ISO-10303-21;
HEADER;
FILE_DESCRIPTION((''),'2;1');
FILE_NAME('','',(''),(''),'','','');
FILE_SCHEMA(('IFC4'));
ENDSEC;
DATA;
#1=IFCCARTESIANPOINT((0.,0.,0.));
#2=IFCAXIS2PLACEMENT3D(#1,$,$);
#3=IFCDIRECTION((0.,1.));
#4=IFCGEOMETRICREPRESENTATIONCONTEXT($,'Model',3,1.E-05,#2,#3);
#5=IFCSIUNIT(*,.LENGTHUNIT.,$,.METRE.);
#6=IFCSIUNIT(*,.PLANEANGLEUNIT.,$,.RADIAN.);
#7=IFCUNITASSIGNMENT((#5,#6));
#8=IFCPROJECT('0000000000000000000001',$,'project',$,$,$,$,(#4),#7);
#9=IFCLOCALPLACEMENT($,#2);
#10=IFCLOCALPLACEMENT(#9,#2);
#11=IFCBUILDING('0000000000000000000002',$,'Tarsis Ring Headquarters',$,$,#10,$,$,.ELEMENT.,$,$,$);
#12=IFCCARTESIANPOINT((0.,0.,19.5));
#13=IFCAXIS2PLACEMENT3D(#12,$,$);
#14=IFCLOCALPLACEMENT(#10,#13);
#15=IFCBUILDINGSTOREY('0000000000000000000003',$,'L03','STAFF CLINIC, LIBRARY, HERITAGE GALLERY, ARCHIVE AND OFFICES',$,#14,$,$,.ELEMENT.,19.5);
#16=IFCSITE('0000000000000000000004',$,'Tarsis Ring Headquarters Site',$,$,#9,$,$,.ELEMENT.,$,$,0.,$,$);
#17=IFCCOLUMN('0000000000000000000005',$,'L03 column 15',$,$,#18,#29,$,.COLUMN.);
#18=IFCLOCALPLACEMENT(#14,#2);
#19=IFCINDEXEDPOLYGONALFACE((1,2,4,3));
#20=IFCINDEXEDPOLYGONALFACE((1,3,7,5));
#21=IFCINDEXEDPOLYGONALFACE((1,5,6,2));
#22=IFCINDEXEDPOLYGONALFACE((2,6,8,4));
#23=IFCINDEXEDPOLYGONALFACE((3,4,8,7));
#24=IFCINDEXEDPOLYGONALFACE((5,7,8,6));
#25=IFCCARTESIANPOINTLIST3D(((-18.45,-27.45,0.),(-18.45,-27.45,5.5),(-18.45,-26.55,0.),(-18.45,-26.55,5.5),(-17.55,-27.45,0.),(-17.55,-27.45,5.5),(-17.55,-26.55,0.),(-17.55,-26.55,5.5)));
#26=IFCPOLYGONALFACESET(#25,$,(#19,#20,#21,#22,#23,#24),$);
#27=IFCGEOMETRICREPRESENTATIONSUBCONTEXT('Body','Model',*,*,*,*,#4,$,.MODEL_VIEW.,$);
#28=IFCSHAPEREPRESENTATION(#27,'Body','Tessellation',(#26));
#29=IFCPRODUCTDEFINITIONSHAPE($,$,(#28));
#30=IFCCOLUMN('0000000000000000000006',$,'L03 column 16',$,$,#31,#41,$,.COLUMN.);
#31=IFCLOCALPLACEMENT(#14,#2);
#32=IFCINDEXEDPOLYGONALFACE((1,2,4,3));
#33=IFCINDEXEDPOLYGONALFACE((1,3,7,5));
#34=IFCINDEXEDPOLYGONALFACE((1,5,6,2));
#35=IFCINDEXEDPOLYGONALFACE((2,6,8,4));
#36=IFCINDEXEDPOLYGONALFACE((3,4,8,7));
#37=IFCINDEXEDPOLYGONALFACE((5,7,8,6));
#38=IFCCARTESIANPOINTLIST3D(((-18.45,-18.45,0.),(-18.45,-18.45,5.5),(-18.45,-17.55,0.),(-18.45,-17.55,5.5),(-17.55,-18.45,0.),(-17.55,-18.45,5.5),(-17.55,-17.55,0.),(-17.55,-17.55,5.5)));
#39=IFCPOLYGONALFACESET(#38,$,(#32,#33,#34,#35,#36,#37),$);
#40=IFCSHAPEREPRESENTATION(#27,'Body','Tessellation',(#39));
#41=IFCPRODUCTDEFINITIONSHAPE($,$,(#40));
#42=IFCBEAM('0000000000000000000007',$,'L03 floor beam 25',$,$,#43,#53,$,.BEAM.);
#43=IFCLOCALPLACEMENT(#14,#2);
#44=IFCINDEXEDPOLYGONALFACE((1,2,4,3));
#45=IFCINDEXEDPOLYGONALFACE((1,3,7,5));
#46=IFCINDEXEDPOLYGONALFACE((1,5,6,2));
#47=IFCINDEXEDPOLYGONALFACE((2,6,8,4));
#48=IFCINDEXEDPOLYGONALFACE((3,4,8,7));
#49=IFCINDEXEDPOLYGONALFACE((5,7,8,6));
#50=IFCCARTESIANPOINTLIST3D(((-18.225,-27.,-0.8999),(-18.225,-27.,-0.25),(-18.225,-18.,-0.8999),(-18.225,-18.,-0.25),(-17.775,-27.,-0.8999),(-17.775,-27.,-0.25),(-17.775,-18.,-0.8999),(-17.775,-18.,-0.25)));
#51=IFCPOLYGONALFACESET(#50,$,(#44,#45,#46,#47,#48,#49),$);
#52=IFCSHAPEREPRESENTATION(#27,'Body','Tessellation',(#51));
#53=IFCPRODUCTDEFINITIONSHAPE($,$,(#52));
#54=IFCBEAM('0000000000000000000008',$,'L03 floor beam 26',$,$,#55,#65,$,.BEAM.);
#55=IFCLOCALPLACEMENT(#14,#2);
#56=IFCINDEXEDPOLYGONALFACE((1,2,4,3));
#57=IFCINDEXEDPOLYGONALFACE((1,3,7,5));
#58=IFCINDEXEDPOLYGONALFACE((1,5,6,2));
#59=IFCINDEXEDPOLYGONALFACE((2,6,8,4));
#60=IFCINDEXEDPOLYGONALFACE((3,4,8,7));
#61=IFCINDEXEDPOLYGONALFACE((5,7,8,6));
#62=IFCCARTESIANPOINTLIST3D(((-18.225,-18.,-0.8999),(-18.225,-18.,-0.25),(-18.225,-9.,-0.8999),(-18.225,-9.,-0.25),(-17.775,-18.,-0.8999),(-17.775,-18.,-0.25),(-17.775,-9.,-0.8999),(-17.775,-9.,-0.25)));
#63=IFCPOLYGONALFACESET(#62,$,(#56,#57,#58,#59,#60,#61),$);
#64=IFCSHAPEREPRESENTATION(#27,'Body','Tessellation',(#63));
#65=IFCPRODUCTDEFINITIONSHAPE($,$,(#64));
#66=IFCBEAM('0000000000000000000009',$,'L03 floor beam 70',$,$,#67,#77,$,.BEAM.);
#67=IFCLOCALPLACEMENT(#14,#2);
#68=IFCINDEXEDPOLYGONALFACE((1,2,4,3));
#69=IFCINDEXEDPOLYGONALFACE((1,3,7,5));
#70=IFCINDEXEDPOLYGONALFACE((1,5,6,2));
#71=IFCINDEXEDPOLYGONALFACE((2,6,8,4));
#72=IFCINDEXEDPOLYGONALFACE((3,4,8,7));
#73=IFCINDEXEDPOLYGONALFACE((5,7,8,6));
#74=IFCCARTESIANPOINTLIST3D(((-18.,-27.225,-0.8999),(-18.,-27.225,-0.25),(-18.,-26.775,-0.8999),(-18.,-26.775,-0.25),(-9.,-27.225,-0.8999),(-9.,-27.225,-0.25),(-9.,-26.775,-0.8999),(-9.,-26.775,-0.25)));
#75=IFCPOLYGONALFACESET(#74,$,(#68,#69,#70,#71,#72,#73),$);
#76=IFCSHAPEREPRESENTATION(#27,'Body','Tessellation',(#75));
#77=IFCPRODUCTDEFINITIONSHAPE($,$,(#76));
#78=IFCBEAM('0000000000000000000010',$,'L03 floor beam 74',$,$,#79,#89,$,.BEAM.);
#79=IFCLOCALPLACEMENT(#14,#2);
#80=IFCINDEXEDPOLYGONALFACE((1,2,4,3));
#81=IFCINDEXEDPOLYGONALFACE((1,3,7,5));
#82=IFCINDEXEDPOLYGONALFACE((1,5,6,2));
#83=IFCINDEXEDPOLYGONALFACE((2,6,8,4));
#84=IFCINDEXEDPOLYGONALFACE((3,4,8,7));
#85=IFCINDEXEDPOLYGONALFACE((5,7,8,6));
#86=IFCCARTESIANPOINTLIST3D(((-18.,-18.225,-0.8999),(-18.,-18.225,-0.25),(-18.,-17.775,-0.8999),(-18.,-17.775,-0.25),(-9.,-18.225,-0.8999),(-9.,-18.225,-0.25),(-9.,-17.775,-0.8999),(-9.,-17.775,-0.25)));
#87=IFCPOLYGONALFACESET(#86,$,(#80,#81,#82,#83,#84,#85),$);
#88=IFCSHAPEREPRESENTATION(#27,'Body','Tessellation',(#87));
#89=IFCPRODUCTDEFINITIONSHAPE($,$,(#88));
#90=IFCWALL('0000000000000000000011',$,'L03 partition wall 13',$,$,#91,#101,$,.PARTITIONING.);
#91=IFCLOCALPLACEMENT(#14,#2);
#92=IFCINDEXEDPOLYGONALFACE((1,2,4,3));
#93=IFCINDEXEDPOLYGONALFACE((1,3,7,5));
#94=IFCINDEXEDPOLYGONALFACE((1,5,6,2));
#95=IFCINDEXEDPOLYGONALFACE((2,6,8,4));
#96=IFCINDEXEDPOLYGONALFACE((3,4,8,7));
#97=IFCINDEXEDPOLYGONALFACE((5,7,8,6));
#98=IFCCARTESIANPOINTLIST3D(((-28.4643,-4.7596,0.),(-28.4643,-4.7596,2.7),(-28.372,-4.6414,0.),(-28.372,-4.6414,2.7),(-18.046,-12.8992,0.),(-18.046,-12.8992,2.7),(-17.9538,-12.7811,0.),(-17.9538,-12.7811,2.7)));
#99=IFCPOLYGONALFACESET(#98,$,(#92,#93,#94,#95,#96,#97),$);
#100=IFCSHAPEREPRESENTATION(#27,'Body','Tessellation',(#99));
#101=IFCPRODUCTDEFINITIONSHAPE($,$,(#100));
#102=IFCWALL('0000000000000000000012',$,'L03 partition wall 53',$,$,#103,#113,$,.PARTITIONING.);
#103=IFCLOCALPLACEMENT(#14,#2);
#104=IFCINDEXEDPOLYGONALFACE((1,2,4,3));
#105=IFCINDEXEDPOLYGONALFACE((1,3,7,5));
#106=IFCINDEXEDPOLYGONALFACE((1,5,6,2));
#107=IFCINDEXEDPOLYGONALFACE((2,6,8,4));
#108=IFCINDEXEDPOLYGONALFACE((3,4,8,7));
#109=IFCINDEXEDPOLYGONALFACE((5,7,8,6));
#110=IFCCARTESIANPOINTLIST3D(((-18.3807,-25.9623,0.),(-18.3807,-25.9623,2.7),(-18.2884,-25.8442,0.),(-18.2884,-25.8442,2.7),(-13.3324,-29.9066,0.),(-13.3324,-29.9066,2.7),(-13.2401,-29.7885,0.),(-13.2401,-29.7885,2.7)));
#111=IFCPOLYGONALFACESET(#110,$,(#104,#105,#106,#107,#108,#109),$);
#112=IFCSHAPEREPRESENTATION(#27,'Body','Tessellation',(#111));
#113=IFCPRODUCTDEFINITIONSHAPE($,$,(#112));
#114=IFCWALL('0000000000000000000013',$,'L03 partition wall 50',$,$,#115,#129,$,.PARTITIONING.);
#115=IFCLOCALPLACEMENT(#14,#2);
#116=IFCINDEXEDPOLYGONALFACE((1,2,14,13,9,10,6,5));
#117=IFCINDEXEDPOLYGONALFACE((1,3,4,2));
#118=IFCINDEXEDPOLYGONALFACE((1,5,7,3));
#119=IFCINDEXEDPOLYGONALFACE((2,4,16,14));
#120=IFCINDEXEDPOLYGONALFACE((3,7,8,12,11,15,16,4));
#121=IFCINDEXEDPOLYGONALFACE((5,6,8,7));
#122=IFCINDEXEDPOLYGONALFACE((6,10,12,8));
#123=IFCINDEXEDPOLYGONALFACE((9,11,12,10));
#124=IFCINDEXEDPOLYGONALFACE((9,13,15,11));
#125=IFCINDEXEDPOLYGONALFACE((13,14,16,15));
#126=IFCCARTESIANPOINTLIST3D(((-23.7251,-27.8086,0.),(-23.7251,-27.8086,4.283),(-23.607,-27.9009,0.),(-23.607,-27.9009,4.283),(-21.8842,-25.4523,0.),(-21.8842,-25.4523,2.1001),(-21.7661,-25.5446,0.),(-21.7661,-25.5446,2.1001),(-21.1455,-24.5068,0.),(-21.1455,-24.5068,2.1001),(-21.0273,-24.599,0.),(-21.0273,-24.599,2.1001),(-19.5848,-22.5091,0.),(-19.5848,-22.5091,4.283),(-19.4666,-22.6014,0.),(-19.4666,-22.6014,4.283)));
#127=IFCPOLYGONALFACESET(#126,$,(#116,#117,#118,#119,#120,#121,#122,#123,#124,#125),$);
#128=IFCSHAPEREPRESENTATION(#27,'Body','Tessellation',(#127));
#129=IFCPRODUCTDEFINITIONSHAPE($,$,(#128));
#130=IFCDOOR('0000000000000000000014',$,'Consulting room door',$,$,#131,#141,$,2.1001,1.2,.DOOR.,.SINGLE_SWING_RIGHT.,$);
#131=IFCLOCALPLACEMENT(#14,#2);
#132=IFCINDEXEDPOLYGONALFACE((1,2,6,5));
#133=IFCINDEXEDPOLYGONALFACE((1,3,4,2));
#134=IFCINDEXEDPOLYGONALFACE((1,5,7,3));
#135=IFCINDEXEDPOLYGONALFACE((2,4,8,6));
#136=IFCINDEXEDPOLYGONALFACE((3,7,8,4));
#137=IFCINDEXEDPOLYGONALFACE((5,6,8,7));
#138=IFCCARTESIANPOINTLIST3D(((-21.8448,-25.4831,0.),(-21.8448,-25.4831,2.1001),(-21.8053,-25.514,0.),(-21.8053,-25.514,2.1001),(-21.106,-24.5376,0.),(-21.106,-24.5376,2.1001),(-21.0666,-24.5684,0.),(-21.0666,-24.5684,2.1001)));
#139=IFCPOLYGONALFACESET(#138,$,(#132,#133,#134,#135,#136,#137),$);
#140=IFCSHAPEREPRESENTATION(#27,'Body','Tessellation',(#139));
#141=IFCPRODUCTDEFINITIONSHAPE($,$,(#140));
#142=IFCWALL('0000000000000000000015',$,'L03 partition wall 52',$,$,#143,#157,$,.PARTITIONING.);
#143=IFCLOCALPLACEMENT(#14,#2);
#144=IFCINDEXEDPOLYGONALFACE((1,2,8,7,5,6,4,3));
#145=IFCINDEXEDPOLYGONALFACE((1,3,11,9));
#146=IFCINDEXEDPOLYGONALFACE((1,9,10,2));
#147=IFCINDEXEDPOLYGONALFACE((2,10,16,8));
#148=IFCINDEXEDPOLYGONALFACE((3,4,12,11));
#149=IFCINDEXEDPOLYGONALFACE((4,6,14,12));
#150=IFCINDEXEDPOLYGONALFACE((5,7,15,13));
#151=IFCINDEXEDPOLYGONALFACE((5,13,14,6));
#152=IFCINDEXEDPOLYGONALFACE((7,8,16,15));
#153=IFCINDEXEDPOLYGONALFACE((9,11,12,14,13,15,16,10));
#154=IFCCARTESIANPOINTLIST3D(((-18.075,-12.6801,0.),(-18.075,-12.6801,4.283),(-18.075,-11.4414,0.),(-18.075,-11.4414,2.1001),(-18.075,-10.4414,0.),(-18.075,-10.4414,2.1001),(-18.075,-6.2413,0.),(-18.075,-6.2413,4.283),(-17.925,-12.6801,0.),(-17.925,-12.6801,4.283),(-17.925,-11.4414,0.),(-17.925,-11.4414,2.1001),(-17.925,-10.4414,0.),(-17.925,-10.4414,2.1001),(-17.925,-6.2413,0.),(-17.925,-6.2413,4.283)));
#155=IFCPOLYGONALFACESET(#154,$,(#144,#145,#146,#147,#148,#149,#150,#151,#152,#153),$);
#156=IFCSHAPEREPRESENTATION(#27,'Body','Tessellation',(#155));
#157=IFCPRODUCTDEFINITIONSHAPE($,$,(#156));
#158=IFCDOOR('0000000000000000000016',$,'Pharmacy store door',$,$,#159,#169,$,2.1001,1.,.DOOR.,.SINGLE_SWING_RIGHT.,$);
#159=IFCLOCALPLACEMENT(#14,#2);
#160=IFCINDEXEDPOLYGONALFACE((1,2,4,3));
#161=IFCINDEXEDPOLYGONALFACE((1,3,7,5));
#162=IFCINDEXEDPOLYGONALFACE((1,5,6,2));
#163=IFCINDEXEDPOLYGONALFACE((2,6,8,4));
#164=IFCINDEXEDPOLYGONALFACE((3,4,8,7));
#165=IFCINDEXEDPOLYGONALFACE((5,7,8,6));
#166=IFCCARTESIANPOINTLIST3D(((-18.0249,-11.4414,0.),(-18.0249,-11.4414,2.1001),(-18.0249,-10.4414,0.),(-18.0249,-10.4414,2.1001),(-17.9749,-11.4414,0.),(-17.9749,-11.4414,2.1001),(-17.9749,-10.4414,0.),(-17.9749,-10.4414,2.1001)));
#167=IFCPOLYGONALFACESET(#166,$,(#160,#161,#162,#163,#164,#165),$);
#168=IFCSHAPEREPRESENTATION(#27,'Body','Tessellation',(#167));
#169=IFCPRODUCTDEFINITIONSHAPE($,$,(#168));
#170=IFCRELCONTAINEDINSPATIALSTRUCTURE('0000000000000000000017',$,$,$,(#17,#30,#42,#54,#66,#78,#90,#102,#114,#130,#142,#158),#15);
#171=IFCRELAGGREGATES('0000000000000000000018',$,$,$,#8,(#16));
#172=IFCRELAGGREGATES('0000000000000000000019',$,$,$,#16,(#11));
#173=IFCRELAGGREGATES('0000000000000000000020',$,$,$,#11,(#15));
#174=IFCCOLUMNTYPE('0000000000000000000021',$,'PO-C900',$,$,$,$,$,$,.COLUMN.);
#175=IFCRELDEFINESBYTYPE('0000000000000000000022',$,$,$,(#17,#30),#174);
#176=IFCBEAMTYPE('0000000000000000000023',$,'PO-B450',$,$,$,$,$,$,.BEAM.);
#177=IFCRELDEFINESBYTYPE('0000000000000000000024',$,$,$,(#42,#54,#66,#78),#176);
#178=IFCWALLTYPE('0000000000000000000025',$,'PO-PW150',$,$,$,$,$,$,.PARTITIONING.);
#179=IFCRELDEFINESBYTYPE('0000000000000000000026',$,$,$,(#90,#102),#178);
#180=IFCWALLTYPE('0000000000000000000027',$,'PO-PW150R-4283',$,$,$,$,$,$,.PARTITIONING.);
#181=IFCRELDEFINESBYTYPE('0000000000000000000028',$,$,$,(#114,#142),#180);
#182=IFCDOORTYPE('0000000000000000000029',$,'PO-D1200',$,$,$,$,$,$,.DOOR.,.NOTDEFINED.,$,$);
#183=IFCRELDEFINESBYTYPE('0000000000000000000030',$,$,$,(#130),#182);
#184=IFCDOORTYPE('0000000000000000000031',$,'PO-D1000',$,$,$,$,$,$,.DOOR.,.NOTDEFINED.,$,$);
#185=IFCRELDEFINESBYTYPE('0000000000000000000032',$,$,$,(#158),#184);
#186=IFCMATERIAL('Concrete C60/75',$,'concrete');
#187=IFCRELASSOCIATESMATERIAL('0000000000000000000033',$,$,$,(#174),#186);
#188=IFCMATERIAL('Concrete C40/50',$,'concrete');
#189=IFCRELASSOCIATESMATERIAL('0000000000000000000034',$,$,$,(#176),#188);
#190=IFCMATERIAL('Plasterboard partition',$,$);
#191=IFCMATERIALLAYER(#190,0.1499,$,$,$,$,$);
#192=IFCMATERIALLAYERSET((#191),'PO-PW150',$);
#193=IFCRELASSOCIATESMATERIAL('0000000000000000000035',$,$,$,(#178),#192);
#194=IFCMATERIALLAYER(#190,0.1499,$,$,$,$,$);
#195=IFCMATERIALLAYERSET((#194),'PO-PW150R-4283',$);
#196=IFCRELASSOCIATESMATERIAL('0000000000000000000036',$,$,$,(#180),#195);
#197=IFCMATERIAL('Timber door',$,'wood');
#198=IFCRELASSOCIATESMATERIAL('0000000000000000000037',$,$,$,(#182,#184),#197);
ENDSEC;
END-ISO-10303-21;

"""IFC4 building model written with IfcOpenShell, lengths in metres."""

from ifc_helpers import new_model, si_unit, direction, frame, frame_2d, origin, origin_2d, place, context, subcontext, project, spatial, rectangle, extrude, material, layer, layer_set, material_profile, profile_set, type_object, element, fill, save


model = new_model("IFC4")

# Units and contexts
model_context = context("Model", 3, precision=1e-05, world=origin(), true_north=direction((0.0, 1.0)))
body_context = subcontext(model_context, "Body", "Model", "MODEL_VIEW")
ifc_project = project(units=[si_unit("LENGTHUNIT", "METRE"), si_unit("PLANEANGLEUNIT", "RADIAN")], contexts=[model_context])

# Site, building, storey
site_placement = place(None, origin())
site = spatial("IfcSite", under=ifc_project, at=site_placement, Name="Tarsis Ring Headquarters Site", CompositionType="ELEMENT", RefElevation=0.0)
building_placement = place(site_placement, origin())
building = spatial("IfcBuilding", under=site, at=building_placement, Name="Tarsis Ring Headquarters", CompositionType="ELEMENT")
storey_placement = place(building_placement, frame((0.0, 0.0, 19.5)))
storey = spatial("IfcBuildingStorey", under=building, at=storey_placement, Name="L03", Description="STAFF CLINIC, LIBRARY, HERITAGE GALLERY, ARCHIVE AND OFFICES", CompositionType="ELEMENT", Elevation=19.5)

# Columns
ifc_material_1 = material(Name="Concrete C60/75", Category="concrete")
ifc_material_profile_1 = material_profile(ifc_material_1, rectangle(XDim=0.8999, YDim=0.8999, at=origin_2d()), Name="PO-C900")
ifc_profile_set_1 = profile_set([ifc_material_profile_1], Name="Concrete C60/75")
column_type = type_object("IfcColumnType", Name="PO-C900", PredefinedType="COLUMN", material=ifc_profile_set_1)
for number, where, z_axis, x_axis, name in (
    (1, (-18.0, -27.0, 0.0), (0.0, 0.0, 1.0), (1.0, 0.0, 0.0), "L03 column 15"),
    (2, (-18.0, -18.0, 0.0), (0.0, 0.0, 1.0), (1.0, 0.0, 0.0), "L03 column 16"),
):
    element("IfcColumn", number, at=place(storey_placement, frame(where, z_axis=z_axis, x_axis=x_axis)), inside=storey, type_object=column_type, Name=name, PredefinedType="COLUMN", context=body_context, shape_type="SweptSolid", body=[
        extrude(rectangle(XDim=0.8999, YDim=0.8999, at=origin_2d()), origin(), (0.0, 0.0, 1.0), 5.5),
    ])

# Beams
ifc_material_2 = material(Name="Concrete C40/50", Category="concrete")
ifc_material_profile_2 = material_profile(ifc_material_2, rectangle(XDim=0.45, YDim=0.6499, at=origin_2d()), Name="PO-B450")
ifc_profile_set_2 = profile_set([ifc_material_profile_2], Name="Concrete C40/50")
beam_type = type_object("IfcBeamType", Name="PO-B450", PredefinedType="BEAM", material=ifc_profile_set_2)
for number, where, z_axis, x_axis, name in (
    (3, (-18.0, -27.0, -0.575), (0.0, 1.0, 0.0), (-1.0, 0.0, 0.0), "L03 floor beam 25"),
    (4, (-18.0, -18.0, -0.575), (0.0, 1.0, 0.0), (-1.0, 0.0, 0.0), "L03 floor beam 26"),
    (5, (-18.0, -27.0, -0.575), (1.0, 0.0, 0.0), (0.0, 1.0, 0.0), "L03 floor beam 70"),
    (6, (-18.0, -18.0, -0.575), (1.0, 0.0, 0.0), (0.0, 1.0, 0.0), "L03 floor beam 74"),
):
    element("IfcBeam", number, at=place(storey_placement, frame(where, z_axis=z_axis, x_axis=x_axis)), inside=storey, type_object=beam_type, Name=name, PredefinedType="BEAM", context=body_context, shape_type="SweptSolid", body=[
        extrude(rectangle(XDim=0.45, YDim=0.6499, at=origin_2d()), origin(), (0.0, 0.0, 1.0), 9.0),
    ])

# Walls
ifc_material_3 = material(Name="Plasterboard partition")
ifc_layer_1 = layer(ifc_material_3, 0.1499)
ifc_layer_set_1 = layer_set([ifc_layer_1], Name="PO-PW150")
wall_type_1 = type_object("IfcWallType", Name="PO-PW150", PredefinedType="PARTITIONING", material=ifc_layer_set_1)
wall_1_placement = place(storey_placement, frame((-18.0, -12.8401, 0.0), z_axis=(0.0, 0.0, 1.0), x_axis=(-0.788009, 0.615664, 0.0)))
element("IfcWall", 7, at=wall_1_placement, inside=storey, type_object=wall_type_1, Name="L03 partition wall 13", PredefinedType="PARTITIONING", context=body_context, shape_type="SweptSolid", body=[
    extrude(rectangle(XDim=13.2209, YDim=0.1499, at=frame_2d((6.6104, 0.0))), origin(), (0.0, 0.0, 1.0), 2.7),
])
wall_2_placement = place(storey_placement, frame((-18.3345, -25.9033, 0.0), z_axis=(0.0, 0.0, 1.0), x_axis=(0.788, -0.615675, 0.0)))
element("IfcWall", 8, at=wall_2_placement, inside=storey, type_object=wall_type_1, Name="L03 partition wall 53", PredefinedType="PARTITIONING", context=body_context, shape_type="SweptSolid", body=[
    extrude(rectangle(XDim=6.4065, YDim=0.1499, at=frame_2d((3.2031, 0.0))), origin(), (0.0, 0.0, 1.0), 2.7),
])

# Walls, openings, doors
ifc_layer_2 = layer(ifc_material_3, 0.1499)
ifc_layer_set_2 = layer_set([ifc_layer_2], Name="PO-PW150R-4283")
wall_type_2 = type_object("IfcWallType", Name="PO-PW150R-4283", PredefinedType="PARTITIONING", material=ifc_layer_set_2)
wall_3_placement = place(storey_placement, frame((-23.666, -27.8547, 0.0), z_axis=(0.0, 0.0, 1.0), x_axis=(0.615653, 0.788017, 0.0)))
wall_3 = element("IfcWall", 9, at=wall_3_placement, inside=storey, type_object=wall_type_2, Name="L03 partition wall 50", PredefinedType="PARTITIONING", context=body_context, shape_type="SweptSolid", body=[
    extrude(rectangle(XDim=6.7251, YDim=0.1499, at=frame_2d((3.3625, 0.0))), origin(), (0.0, 0.0, 1.0), 4.283),
])
opening_1_placement = place(wall_3_placement, frame((2.99, 0.0, 0.0)))
opening_1 = element("IfcOpeningElement", 10, at=opening_1_placement, cuts=wall_3, PredefinedType="OPENING", context=body_context, shape_type="SweptSolid", body=[
    extrude(rectangle(XDim=1.2, YDim=2.1001, at=frame_2d((0.6001, 1.05))), frame((0.0, 0.085, 0.0), z_axis=(0.0, -1.0, 0.0), x_axis=(1.0, 0.0, 0.0)), (0.0, 0.0, 1.0), 0.1699),
])
ifc_material_4 = material(Name="Timber door", Category="wood")
door_type_1 = type_object("IfcDoorType", Name="PO-D1200", OperationType="NOTDEFINED", PredefinedType="DOOR", material=ifc_material_4)
door_1_placement = place(opening_1_placement, origin())
door_1 = element("IfcDoor", 11, at=door_1_placement, inside=storey, type_object=door_type_1, Name="Consulting room door", OperationType="SINGLE_SWING_RIGHT", OverallHeight=2.1001, OverallWidth=1.2, PredefinedType="DOOR", context=body_context, shape_type="SweptSolid", body=[
    extrude(rectangle(XDim=1.2, YDim=2.1001, at=frame_2d((0.6001, 1.05))), frame((0.0, 0.0249, 0.0), z_axis=(0.0, -1.0, 0.0), x_axis=(1.0, 0.0, 0.0)), (0.0, 0.0, 1.0), 0.05),
])
fill(opening_1, door_1)
wall_4_placement = place(storey_placement, frame((-18.0, -12.6799, 0.0), z_axis=(0.0, 0.0, 1.0), x_axis=(0.0, 1.0, 0.0)))
wall_4 = element("IfcWall", 12, at=wall_4_placement, inside=storey, type_object=wall_type_2, Name="L03 partition wall 52", PredefinedType="PARTITIONING", context=body_context, shape_type="SweptSolid", body=[
    extrude(rectangle(XDim=6.4387, YDim=0.1499, at=frame_2d((3.2192, 0.0))), origin(), (0.0, 0.0, 1.0), 4.283),
])
opening_2_placement = place(wall_4_placement, frame((1.2385, 0.0, 0.0)))
opening_2 = element("IfcOpeningElement", 13, at=opening_2_placement, cuts=wall_4, PredefinedType="OPENING", context=body_context, shape_type="SweptSolid", body=[
    extrude(rectangle(XDim=1.0, YDim=2.1001, at=frame_2d((0.5, 1.05))), frame((0.0, 0.085, 0.0), z_axis=(0.0, -1.0, 0.0), x_axis=(1.0, 0.0, 0.0)), (0.0, 0.0, 1.0), 0.1699),
])
door_type_2 = type_object("IfcDoorType", Name="PO-D1000", OperationType="NOTDEFINED", PredefinedType="DOOR", material=ifc_material_4)
door_2_placement = place(opening_2_placement, origin())
door_2 = element("IfcDoor", 14, at=door_2_placement, inside=storey, type_object=door_type_2, Name="Pharmacy store door", OperationType="SINGLE_SWING_RIGHT", OverallHeight=2.1001, OverallWidth=1.0, PredefinedType="DOOR", context=body_context, shape_type="SweptSolid", body=[
    extrude(rectangle(XDim=1.0, YDim=2.1001, at=frame_2d((0.5, 1.05))), frame((0.0, 0.0249, 0.0), z_axis=(0.0, -1.0, 0.0), x_axis=(1.0, 0.0, 0.0)), (0.0, 0.0, 1.0), 0.05),
])
fill(opening_2, door_2)

save(model, "model.ifc")
